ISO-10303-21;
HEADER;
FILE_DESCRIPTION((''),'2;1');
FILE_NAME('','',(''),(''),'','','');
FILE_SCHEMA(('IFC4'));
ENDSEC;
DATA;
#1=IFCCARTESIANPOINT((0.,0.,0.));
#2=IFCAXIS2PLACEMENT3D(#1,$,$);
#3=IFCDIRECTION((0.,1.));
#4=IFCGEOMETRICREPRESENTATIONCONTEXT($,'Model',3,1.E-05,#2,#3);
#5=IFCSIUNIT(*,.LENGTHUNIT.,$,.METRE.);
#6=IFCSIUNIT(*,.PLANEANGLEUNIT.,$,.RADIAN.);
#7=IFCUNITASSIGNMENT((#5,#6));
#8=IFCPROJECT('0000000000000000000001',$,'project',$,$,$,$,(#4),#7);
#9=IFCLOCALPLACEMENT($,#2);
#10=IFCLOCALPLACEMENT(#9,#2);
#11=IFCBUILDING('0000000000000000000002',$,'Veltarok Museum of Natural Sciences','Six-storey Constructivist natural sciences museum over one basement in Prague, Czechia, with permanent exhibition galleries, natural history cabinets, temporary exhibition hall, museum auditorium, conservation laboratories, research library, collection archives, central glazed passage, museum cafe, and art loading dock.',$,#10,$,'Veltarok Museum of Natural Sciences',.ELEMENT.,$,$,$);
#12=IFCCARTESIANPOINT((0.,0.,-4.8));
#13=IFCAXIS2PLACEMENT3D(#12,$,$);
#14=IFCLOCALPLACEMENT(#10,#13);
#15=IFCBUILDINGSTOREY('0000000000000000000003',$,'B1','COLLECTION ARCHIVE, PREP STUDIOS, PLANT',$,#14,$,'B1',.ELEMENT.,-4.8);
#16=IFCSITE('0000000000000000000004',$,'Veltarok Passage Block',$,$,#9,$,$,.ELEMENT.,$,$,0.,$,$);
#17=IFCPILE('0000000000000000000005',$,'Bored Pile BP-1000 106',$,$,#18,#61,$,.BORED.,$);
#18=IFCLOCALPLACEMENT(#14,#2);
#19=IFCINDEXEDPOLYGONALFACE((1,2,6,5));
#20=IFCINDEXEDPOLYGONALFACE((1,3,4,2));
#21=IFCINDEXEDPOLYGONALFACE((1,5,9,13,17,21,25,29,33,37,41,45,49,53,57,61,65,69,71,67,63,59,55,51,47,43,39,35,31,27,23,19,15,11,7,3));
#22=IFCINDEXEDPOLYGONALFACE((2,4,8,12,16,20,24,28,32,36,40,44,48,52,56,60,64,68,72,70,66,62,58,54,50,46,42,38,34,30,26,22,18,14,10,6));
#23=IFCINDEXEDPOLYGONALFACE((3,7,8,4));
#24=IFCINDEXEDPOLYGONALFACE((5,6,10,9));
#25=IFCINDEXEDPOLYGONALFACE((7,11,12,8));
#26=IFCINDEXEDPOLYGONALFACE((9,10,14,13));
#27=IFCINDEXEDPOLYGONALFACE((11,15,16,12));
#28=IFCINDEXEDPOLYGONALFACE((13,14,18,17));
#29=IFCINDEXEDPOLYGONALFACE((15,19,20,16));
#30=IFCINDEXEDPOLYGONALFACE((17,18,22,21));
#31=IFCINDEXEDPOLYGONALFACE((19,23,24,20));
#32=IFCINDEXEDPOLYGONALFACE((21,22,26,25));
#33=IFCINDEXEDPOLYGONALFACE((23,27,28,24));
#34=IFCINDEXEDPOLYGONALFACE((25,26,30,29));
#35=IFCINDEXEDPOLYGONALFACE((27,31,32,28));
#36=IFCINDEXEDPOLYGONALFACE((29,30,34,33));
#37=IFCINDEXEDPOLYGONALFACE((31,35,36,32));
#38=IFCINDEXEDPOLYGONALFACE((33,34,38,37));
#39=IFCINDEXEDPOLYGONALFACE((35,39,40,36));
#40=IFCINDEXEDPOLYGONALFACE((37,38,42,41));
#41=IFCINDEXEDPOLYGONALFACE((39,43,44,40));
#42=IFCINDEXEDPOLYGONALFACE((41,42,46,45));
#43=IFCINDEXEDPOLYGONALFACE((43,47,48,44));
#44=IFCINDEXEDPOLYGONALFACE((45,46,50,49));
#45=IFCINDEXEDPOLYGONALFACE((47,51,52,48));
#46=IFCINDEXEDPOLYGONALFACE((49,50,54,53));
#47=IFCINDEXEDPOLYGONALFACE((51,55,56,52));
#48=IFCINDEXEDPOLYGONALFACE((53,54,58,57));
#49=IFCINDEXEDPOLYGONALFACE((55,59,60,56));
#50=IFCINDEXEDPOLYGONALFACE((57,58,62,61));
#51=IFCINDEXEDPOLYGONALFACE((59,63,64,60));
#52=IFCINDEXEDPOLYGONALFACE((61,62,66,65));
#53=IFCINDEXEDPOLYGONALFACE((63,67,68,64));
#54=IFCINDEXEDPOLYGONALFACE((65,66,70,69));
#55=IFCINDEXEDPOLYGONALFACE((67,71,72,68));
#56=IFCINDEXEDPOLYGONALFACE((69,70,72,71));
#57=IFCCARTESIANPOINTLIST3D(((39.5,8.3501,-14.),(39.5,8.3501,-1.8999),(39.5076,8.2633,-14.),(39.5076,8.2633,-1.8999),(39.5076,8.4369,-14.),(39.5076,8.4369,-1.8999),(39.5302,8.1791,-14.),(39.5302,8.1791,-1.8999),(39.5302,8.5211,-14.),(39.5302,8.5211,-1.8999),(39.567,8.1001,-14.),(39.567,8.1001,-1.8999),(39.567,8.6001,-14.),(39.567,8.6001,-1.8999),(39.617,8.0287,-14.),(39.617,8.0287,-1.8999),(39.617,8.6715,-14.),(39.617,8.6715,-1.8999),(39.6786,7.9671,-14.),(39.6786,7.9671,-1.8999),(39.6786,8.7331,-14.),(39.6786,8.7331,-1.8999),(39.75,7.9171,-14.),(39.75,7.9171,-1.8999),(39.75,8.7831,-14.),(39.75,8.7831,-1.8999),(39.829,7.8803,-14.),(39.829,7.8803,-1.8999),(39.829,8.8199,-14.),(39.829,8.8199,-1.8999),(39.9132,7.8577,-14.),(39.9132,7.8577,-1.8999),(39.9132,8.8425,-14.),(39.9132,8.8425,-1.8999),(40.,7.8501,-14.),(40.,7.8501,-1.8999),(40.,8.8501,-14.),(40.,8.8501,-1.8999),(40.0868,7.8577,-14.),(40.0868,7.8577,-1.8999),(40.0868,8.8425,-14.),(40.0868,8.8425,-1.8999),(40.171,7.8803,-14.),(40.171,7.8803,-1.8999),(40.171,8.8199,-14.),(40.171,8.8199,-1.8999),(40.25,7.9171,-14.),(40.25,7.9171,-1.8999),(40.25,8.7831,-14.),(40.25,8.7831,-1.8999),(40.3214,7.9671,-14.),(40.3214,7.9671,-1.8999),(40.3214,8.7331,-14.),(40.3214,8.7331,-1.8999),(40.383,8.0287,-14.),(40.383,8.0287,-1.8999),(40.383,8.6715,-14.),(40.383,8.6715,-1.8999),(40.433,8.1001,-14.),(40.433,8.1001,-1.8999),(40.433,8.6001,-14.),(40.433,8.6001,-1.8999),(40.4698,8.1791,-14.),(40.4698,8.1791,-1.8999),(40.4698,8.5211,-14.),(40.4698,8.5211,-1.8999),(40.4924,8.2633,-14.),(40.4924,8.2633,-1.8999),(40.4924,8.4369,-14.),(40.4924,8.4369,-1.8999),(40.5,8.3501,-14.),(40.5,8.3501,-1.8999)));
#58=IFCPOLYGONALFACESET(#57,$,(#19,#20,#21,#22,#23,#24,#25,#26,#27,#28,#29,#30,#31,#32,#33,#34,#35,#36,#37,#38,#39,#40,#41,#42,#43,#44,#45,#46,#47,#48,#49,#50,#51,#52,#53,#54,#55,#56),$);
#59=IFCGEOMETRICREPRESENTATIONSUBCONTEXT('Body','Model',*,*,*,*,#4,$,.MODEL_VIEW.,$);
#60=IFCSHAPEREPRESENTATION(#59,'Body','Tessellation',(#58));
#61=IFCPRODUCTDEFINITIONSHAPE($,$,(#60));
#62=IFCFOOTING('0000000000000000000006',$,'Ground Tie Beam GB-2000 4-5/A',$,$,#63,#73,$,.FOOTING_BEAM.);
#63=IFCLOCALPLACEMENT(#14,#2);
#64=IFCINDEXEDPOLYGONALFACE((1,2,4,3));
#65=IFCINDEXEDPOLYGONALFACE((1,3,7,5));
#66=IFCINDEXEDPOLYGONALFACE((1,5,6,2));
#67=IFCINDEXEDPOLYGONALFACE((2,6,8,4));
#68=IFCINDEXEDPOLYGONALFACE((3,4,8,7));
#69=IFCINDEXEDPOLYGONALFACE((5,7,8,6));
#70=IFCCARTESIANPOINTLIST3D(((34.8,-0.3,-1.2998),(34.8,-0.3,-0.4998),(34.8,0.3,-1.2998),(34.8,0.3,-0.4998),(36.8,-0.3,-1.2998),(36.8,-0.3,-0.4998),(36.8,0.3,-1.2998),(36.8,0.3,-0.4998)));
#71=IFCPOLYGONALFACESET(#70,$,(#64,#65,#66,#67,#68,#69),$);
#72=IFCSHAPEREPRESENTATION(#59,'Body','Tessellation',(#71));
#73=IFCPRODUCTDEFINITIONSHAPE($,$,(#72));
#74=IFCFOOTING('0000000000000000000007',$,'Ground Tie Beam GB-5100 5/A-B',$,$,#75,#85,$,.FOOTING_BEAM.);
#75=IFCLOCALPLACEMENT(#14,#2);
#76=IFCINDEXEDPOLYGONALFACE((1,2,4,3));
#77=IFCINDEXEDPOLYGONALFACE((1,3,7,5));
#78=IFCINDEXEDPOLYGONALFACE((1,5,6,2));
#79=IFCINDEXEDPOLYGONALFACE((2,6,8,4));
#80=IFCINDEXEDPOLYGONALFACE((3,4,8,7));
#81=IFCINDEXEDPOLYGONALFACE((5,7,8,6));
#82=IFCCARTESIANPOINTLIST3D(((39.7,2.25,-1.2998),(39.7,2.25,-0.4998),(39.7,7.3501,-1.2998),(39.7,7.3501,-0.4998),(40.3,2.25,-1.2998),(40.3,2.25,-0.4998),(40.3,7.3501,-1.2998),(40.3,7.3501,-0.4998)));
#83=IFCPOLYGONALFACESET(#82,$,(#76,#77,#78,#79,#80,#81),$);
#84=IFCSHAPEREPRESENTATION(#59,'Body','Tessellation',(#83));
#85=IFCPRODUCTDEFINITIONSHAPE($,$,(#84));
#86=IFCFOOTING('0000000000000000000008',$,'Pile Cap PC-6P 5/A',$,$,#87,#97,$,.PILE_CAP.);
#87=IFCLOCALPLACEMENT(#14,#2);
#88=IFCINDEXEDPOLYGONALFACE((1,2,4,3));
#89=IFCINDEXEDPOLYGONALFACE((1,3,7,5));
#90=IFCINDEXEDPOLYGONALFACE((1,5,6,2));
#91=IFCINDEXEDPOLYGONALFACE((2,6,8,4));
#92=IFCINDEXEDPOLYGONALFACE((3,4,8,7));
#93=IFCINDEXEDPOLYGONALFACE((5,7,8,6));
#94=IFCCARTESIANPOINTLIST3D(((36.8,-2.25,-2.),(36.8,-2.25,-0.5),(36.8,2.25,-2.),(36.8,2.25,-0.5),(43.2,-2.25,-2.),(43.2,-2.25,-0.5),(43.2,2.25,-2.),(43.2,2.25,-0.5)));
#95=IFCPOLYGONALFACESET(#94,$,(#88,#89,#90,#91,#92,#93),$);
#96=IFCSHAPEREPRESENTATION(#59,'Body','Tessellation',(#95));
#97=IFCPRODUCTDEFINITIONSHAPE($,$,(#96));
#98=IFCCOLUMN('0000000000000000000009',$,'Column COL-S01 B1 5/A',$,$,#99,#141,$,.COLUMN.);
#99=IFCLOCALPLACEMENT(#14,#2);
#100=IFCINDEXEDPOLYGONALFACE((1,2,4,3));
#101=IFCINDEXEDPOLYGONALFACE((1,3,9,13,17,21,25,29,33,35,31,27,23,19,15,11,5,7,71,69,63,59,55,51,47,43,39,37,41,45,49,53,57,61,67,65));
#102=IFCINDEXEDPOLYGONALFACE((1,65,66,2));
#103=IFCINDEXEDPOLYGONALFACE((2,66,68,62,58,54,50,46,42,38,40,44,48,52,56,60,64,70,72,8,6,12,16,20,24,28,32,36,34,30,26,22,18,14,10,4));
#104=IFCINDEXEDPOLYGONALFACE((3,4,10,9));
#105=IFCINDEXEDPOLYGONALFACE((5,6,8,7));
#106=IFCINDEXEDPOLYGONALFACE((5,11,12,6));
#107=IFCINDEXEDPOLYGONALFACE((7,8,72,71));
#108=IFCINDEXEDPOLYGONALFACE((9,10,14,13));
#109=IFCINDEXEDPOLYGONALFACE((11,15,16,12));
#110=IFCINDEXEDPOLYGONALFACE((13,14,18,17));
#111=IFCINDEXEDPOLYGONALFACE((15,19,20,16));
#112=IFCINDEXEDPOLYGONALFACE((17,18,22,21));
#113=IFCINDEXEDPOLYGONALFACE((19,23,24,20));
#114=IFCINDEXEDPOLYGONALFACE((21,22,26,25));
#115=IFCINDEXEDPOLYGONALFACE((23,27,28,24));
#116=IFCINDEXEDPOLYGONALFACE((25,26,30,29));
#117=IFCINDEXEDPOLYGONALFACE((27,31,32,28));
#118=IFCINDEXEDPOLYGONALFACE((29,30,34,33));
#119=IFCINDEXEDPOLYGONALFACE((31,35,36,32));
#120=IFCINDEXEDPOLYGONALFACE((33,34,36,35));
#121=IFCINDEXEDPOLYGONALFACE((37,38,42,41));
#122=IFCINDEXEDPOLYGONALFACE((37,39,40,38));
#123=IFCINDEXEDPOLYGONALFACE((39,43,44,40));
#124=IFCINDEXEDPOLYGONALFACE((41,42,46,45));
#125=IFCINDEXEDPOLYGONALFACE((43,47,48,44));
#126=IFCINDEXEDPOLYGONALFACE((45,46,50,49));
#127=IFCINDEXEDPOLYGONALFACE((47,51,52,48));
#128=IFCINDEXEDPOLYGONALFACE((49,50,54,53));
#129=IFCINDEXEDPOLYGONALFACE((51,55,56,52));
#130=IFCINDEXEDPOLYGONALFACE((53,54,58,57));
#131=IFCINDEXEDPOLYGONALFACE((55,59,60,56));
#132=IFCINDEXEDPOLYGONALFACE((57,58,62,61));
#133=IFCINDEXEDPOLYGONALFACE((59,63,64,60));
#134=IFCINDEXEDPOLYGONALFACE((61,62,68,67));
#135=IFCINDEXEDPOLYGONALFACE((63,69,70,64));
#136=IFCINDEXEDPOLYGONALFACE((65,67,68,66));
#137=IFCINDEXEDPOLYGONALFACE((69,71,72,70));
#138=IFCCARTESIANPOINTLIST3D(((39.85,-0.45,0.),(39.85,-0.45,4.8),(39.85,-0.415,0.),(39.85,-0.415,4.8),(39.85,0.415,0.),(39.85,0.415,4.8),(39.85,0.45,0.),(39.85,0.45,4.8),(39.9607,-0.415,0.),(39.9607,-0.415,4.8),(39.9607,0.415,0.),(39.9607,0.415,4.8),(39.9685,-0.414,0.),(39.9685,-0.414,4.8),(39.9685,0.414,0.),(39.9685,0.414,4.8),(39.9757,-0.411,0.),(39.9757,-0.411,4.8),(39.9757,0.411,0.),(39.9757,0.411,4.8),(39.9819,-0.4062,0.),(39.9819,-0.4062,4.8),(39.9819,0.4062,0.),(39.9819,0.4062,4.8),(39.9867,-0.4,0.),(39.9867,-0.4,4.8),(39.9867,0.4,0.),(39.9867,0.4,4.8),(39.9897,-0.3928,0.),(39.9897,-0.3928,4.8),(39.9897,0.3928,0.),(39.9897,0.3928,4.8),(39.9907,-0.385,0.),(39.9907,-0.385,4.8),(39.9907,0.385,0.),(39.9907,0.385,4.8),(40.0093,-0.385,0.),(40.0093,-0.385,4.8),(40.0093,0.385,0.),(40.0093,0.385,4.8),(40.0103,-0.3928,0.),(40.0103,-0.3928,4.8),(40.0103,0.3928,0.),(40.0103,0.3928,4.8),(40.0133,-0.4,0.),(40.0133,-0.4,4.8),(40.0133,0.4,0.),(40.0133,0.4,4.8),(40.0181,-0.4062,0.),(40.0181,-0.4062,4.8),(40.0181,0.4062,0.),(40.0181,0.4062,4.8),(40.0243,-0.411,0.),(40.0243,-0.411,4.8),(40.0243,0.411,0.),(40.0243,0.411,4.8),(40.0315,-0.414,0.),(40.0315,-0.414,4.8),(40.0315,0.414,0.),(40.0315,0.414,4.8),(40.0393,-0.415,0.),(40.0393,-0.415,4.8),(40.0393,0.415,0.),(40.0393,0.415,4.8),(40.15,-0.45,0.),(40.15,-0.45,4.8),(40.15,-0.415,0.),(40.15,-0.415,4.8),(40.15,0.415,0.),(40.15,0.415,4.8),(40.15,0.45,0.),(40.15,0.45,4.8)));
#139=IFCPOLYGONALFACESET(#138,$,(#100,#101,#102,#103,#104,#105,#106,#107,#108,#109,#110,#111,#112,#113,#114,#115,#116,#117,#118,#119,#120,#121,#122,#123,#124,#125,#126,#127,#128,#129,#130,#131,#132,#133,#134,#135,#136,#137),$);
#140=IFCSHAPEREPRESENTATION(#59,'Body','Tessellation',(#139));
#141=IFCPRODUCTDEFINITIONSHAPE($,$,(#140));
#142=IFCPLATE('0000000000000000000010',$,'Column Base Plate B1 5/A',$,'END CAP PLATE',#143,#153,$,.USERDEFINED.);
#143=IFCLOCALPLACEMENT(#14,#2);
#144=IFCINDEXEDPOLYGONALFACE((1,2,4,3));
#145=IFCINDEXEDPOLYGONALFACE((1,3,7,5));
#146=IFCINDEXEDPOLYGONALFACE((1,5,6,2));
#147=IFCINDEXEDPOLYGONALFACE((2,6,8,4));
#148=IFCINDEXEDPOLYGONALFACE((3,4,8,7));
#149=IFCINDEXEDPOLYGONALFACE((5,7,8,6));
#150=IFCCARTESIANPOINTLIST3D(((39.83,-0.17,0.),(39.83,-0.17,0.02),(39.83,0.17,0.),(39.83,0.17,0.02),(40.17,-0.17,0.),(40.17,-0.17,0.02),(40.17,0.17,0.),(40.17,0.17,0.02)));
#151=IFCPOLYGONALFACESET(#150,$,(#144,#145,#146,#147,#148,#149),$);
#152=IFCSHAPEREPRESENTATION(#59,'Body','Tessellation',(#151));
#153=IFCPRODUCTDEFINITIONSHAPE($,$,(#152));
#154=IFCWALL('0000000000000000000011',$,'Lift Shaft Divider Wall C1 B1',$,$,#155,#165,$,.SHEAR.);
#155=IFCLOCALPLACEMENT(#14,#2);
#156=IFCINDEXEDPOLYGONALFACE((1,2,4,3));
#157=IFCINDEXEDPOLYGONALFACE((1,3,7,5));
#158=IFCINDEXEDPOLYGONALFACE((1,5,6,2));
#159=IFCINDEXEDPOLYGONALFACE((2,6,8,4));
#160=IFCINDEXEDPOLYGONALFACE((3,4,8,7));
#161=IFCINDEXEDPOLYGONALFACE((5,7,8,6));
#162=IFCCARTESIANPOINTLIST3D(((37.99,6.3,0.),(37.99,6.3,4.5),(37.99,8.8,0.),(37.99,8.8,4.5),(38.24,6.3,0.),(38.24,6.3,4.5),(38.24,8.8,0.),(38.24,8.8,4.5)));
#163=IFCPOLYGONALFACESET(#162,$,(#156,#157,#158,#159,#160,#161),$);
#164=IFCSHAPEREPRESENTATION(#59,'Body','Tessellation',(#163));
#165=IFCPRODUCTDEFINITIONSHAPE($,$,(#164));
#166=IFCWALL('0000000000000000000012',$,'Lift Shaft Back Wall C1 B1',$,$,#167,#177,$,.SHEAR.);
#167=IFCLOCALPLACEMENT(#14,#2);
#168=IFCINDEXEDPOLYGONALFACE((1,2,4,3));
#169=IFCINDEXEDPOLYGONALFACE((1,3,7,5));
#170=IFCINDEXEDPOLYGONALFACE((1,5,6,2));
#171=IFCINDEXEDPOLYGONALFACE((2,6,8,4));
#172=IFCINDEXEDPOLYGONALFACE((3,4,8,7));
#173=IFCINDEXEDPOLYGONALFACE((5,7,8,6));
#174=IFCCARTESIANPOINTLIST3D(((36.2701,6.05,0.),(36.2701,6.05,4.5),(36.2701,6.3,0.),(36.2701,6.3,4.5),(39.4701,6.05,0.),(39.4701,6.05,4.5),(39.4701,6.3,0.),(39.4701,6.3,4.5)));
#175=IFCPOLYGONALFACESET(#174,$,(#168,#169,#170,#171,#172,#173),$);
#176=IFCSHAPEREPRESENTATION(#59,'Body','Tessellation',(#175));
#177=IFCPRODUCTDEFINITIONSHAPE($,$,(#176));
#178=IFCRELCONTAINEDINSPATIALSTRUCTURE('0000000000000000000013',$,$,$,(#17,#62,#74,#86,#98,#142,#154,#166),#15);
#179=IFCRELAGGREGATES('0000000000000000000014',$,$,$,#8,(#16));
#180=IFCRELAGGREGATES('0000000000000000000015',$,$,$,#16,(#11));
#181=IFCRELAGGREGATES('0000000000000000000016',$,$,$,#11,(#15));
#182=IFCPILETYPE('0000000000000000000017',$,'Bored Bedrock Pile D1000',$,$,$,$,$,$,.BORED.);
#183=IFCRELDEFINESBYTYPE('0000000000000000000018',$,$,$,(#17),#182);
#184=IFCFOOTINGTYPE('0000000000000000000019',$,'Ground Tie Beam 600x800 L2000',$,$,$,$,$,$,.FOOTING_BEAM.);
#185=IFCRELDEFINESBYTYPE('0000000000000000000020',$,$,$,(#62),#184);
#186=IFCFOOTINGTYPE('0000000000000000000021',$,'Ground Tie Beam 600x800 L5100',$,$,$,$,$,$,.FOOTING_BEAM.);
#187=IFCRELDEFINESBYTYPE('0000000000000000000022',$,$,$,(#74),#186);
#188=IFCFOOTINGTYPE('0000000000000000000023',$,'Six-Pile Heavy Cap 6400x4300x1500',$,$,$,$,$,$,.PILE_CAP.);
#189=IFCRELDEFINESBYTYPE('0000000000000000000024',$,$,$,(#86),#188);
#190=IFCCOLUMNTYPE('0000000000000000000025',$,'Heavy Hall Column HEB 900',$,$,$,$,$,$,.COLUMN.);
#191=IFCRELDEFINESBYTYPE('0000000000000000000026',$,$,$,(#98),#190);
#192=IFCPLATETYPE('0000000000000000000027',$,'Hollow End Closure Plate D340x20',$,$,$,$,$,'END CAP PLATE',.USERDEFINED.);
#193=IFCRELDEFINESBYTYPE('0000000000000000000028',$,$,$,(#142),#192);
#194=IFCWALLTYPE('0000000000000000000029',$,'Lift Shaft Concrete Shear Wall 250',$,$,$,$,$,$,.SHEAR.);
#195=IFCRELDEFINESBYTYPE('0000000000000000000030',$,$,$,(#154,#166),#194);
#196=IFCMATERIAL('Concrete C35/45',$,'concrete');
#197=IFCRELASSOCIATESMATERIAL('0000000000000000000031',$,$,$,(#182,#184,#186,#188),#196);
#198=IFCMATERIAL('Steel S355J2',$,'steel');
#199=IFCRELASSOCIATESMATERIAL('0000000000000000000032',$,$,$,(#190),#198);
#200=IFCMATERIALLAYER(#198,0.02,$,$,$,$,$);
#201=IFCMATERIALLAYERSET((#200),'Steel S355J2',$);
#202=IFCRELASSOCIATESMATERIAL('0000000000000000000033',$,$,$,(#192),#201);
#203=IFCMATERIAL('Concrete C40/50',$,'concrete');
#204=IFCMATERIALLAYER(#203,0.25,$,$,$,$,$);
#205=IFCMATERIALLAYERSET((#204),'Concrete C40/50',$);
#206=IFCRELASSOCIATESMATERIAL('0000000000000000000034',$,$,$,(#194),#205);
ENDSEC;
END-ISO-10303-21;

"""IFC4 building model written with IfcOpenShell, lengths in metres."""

from ifc_helpers import new_model, si_unit, direction, frame, frame_2d, origin, origin_2d, place, context, subcontext, project, spatial, rectangle, circle, i_section, extrude, material, layer, layer_set, material_profile, profile_set, type_object, element, save


model = new_model("IFC4")

# Units and contexts
model_context = context("Model", 3, precision=1e-05, world=origin(), true_north=direction((0.0, 1.0)))
body_context = subcontext(model_context, "Body", "Model", "MODEL_VIEW")
ifc_project = project(units=[si_unit("LENGTHUNIT", "METRE"), si_unit("PLANEANGLEUNIT", "RADIAN")], contexts=[model_context])

# Site, building, storey
site_placement = place(None, origin())
site = spatial("IfcSite", under=ifc_project, at=site_placement, Name="Veltarok Passage Block", CompositionType="ELEMENT", RefElevation=0.0)
building_placement = place(site_placement, origin())
building = spatial("IfcBuilding", under=site, at=building_placement, Name="Veltarok Museum of Natural Sciences", Description="Six-storey Constructivist natural sciences museum over one basement in Prague, Czechia, with permanent exhibition galleries, natural history cabinets, temporary exhibition hall, museum auditorium, conservation laboratories, research library, collection archives, central glazed passage, museum cafe, and art loading dock.", LongName="Veltarok Museum of Natural Sciences", CompositionType="ELEMENT")
storey_placement = place(building_placement, frame((0.0, 0.0, -4.8)))
storey = spatial("IfcBuildingStorey", under=building, at=storey_placement, Name="B1", Description="COLLECTION ARCHIVE, PREP STUDIOS, PLANT", LongName="B1", CompositionType="ELEMENT", Elevation=-4.8)

# Pile
ifc_material_1 = material(Name="Concrete C35/45", Category="concrete")
ifc_material_profile_1 = material_profile(ifc_material_1, circle(Radius=0.5, at=origin_2d()), Name="BP D1000")
ifc_profile_set_1 = profile_set([ifc_material_profile_1], Name="Concrete C35/45")
pile_type = type_object("IfcPileType", Name="Bored Bedrock Pile D1000", PredefinedType="BORED", material=ifc_profile_set_1)
for number, where, z_axis, x_axis, name in (
    (1, (40.0, 8.3501, -1.8999), (0.0, 0.0, -1.0), (1.0, 0.0, 0.0), "Bored Pile BP-1000 106"),
):
    element("IfcPile", number, at=place(storey_placement, frame(where, z_axis=z_axis, x_axis=x_axis)), inside=storey, type_object=pile_type, Name=name, PredefinedType="BORED", context=body_context, shape_type="SweptSolid", body=[
        extrude(circle(Radius=0.5, at=origin_2d()), origin(), (0.0, 0.0, 1.0), 12.1001),
    ])

# Footings
footing_type_1 = type_object("IfcFootingType", Name="Ground Tie Beam 600x800 L2000", PredefinedType="FOOTING_BEAM", material=ifc_material_1)
footing_1_placement = place(storey_placement, frame((35.8, 0.0, -1.2998), z_axis=(0.0, 0.0, 1.0), x_axis=(1.0, 0.0, 0.0)))
element("IfcFooting", 2, at=footing_1_placement, inside=storey, type_object=footing_type_1, Name="Ground Tie Beam GB-2000 4-5/A", PredefinedType="FOOTING_BEAM", context=body_context, shape_type="SweptSolid", body=[
    extrude(rectangle(XDim=2.0, YDim=0.6001, at=origin_2d()), origin(), (0.0, 0.0, 1.0), 0.8),
])
footing_type_2 = type_object("IfcFootingType", Name="Ground Tie Beam 600x800 L5100", PredefinedType="FOOTING_BEAM", material=ifc_material_1)
footing_2_placement = place(storey_placement, frame((40.0, 4.8, -1.2998), z_axis=(0.0, 0.0, 1.0), x_axis=(0.0, 1.0, 0.0)))
element("IfcFooting", 3, at=footing_2_placement, inside=storey, type_object=footing_type_2, Name="Ground Tie Beam GB-5100 5/A-B", PredefinedType="FOOTING_BEAM", context=body_context, shape_type="SweptSolid", body=[
    extrude(rectangle(XDim=5.1001, YDim=0.6001, at=origin_2d()), origin(), (0.0, 0.0, 1.0), 0.8),
])
footing_type_3 = type_object("IfcFootingType", Name="Six-Pile Heavy Cap 6400x4300x1500", PredefinedType="PILE_CAP", material=ifc_material_1)
footing_3_placement = place(storey_placement, frame((40.0, 0.0, -2.0), z_axis=(0.0, 0.0, 1.0), x_axis=(1.0, 0.0, 0.0)))
element("IfcFooting", 4, at=footing_3_placement, inside=storey, type_object=footing_type_3, Name="Pile Cap PC-6P 5/A", PredefinedType="PILE_CAP", context=body_context, shape_type="SweptSolid", body=[
    extrude(rectangle(XDim=6.3999, YDim=4.5, at=origin_2d()), origin(), (0.0, 0.0, 1.0), 1.5),
])

# Column
ifc_material_2 = material(Name="Steel S355J2", Category="steel")
ifc_material_profile_2 = material_profile(ifc_material_2, i_section(OverallWidth=0.3, OverallDepth=0.8999, WebThickness=0.0186, FlangeThickness=0.0349, FilletRadius=0.03, at=origin_2d()), Name="HEB 900")
ifc_profile_set_2 = profile_set([ifc_material_profile_2], Name="Steel S355J2")
column_type = type_object("IfcColumnType", Name="Heavy Hall Column HEB 900", PredefinedType="COLUMN", material=ifc_profile_set_2)
column_placement = place(storey_placement, frame((40.0, 0.0, 0.0), z_axis=(0.0, 0.0, 1.0), x_axis=(1.0, 0.0, 0.0)))
element("IfcColumn", 5, at=column_placement, inside=storey, type_object=column_type, Name="Column COL-S01 B1 5/A", PredefinedType="COLUMN", context=body_context, shape_type="SweptSolid", body=[
    extrude(i_section(OverallWidth=0.3, OverallDepth=0.8999, WebThickness=0.0186, FlangeThickness=0.0349, FilletRadius=0.03, at=origin_2d()), origin(), (0.0, 0.0, 1.0), 4.8),
])

# Plate
ifc_layer_1 = layer(ifc_material_2, 0.02)
ifc_layer_set_1 = layer_set([ifc_layer_1], Name="Steel S355J2")
plate_type = type_object("IfcPlateType", Name="Hollow End Closure Plate D340x20", ElementType="END CAP PLATE", PredefinedType="USERDEFINED", material=ifc_layer_set_1)
plate_placement = place(storey_placement, frame((40.0, 0.0, 0.0), z_axis=(0.0, 0.0, 1.0), x_axis=(1.0, 0.0, 0.0)))
element("IfcPlate", 6, at=plate_placement, inside=storey, type_object=plate_type, Name="Column Base Plate B1 5/A", ObjectType="END CAP PLATE", PredefinedType="USERDEFINED", context=body_context, shape_type="SweptSolid", body=[
    extrude(rectangle(XDim=0.3401, YDim=0.3401, at=origin_2d()), origin(), (0.0, 0.0, 1.0), 0.02),
])

# Walls
ifc_material_3 = material(Name="Concrete C40/50", Category="concrete")
ifc_layer_2 = layer(ifc_material_3, 0.25)
ifc_layer_set_2 = layer_set([ifc_layer_2], Name="Concrete C40/50")
wall_type_1 = type_object("IfcWallType", Name="Lift Shaft Concrete Shear Wall 250", PredefinedType="SHEAR", material=ifc_layer_set_2)
wall_1_placement = place(storey_placement, frame((38.115, 6.3, 0.0), z_axis=(0.0, 0.0, 1.0), x_axis=(0.0, 1.0, 0.0)))
element("IfcWall", 7, at=wall_1_placement, inside=storey, type_object=wall_type_1, Name="Lift Shaft Divider Wall C1 B1", PredefinedType="SHEAR", context=body_context, shape_type="SweptSolid", body=[
    extrude(rectangle(XDim=2.5, YDim=0.25, at=frame_2d((1.25, 0.0))), origin(), (0.0, 0.0, 1.0), 4.5),
])
wall_2_placement = place(storey_placement, frame((36.27, 6.175, 0.0), z_axis=(0.0, 0.0, 1.0), x_axis=(1.0, 0.0, 0.0)))
element("IfcWall", 8, at=wall_2_placement, inside=storey, type_object=wall_type_1, Name="Lift Shaft Back Wall C1 B1", PredefinedType="SHEAR", context=body_context, shape_type="SweptSolid", body=[
    extrude(rectangle(XDim=3.2, YDim=0.25, at=frame_2d((1.6001, 0.0))), origin(), (0.0, 0.0, 1.0), 4.5),
])

save(model, "model.ifc")
